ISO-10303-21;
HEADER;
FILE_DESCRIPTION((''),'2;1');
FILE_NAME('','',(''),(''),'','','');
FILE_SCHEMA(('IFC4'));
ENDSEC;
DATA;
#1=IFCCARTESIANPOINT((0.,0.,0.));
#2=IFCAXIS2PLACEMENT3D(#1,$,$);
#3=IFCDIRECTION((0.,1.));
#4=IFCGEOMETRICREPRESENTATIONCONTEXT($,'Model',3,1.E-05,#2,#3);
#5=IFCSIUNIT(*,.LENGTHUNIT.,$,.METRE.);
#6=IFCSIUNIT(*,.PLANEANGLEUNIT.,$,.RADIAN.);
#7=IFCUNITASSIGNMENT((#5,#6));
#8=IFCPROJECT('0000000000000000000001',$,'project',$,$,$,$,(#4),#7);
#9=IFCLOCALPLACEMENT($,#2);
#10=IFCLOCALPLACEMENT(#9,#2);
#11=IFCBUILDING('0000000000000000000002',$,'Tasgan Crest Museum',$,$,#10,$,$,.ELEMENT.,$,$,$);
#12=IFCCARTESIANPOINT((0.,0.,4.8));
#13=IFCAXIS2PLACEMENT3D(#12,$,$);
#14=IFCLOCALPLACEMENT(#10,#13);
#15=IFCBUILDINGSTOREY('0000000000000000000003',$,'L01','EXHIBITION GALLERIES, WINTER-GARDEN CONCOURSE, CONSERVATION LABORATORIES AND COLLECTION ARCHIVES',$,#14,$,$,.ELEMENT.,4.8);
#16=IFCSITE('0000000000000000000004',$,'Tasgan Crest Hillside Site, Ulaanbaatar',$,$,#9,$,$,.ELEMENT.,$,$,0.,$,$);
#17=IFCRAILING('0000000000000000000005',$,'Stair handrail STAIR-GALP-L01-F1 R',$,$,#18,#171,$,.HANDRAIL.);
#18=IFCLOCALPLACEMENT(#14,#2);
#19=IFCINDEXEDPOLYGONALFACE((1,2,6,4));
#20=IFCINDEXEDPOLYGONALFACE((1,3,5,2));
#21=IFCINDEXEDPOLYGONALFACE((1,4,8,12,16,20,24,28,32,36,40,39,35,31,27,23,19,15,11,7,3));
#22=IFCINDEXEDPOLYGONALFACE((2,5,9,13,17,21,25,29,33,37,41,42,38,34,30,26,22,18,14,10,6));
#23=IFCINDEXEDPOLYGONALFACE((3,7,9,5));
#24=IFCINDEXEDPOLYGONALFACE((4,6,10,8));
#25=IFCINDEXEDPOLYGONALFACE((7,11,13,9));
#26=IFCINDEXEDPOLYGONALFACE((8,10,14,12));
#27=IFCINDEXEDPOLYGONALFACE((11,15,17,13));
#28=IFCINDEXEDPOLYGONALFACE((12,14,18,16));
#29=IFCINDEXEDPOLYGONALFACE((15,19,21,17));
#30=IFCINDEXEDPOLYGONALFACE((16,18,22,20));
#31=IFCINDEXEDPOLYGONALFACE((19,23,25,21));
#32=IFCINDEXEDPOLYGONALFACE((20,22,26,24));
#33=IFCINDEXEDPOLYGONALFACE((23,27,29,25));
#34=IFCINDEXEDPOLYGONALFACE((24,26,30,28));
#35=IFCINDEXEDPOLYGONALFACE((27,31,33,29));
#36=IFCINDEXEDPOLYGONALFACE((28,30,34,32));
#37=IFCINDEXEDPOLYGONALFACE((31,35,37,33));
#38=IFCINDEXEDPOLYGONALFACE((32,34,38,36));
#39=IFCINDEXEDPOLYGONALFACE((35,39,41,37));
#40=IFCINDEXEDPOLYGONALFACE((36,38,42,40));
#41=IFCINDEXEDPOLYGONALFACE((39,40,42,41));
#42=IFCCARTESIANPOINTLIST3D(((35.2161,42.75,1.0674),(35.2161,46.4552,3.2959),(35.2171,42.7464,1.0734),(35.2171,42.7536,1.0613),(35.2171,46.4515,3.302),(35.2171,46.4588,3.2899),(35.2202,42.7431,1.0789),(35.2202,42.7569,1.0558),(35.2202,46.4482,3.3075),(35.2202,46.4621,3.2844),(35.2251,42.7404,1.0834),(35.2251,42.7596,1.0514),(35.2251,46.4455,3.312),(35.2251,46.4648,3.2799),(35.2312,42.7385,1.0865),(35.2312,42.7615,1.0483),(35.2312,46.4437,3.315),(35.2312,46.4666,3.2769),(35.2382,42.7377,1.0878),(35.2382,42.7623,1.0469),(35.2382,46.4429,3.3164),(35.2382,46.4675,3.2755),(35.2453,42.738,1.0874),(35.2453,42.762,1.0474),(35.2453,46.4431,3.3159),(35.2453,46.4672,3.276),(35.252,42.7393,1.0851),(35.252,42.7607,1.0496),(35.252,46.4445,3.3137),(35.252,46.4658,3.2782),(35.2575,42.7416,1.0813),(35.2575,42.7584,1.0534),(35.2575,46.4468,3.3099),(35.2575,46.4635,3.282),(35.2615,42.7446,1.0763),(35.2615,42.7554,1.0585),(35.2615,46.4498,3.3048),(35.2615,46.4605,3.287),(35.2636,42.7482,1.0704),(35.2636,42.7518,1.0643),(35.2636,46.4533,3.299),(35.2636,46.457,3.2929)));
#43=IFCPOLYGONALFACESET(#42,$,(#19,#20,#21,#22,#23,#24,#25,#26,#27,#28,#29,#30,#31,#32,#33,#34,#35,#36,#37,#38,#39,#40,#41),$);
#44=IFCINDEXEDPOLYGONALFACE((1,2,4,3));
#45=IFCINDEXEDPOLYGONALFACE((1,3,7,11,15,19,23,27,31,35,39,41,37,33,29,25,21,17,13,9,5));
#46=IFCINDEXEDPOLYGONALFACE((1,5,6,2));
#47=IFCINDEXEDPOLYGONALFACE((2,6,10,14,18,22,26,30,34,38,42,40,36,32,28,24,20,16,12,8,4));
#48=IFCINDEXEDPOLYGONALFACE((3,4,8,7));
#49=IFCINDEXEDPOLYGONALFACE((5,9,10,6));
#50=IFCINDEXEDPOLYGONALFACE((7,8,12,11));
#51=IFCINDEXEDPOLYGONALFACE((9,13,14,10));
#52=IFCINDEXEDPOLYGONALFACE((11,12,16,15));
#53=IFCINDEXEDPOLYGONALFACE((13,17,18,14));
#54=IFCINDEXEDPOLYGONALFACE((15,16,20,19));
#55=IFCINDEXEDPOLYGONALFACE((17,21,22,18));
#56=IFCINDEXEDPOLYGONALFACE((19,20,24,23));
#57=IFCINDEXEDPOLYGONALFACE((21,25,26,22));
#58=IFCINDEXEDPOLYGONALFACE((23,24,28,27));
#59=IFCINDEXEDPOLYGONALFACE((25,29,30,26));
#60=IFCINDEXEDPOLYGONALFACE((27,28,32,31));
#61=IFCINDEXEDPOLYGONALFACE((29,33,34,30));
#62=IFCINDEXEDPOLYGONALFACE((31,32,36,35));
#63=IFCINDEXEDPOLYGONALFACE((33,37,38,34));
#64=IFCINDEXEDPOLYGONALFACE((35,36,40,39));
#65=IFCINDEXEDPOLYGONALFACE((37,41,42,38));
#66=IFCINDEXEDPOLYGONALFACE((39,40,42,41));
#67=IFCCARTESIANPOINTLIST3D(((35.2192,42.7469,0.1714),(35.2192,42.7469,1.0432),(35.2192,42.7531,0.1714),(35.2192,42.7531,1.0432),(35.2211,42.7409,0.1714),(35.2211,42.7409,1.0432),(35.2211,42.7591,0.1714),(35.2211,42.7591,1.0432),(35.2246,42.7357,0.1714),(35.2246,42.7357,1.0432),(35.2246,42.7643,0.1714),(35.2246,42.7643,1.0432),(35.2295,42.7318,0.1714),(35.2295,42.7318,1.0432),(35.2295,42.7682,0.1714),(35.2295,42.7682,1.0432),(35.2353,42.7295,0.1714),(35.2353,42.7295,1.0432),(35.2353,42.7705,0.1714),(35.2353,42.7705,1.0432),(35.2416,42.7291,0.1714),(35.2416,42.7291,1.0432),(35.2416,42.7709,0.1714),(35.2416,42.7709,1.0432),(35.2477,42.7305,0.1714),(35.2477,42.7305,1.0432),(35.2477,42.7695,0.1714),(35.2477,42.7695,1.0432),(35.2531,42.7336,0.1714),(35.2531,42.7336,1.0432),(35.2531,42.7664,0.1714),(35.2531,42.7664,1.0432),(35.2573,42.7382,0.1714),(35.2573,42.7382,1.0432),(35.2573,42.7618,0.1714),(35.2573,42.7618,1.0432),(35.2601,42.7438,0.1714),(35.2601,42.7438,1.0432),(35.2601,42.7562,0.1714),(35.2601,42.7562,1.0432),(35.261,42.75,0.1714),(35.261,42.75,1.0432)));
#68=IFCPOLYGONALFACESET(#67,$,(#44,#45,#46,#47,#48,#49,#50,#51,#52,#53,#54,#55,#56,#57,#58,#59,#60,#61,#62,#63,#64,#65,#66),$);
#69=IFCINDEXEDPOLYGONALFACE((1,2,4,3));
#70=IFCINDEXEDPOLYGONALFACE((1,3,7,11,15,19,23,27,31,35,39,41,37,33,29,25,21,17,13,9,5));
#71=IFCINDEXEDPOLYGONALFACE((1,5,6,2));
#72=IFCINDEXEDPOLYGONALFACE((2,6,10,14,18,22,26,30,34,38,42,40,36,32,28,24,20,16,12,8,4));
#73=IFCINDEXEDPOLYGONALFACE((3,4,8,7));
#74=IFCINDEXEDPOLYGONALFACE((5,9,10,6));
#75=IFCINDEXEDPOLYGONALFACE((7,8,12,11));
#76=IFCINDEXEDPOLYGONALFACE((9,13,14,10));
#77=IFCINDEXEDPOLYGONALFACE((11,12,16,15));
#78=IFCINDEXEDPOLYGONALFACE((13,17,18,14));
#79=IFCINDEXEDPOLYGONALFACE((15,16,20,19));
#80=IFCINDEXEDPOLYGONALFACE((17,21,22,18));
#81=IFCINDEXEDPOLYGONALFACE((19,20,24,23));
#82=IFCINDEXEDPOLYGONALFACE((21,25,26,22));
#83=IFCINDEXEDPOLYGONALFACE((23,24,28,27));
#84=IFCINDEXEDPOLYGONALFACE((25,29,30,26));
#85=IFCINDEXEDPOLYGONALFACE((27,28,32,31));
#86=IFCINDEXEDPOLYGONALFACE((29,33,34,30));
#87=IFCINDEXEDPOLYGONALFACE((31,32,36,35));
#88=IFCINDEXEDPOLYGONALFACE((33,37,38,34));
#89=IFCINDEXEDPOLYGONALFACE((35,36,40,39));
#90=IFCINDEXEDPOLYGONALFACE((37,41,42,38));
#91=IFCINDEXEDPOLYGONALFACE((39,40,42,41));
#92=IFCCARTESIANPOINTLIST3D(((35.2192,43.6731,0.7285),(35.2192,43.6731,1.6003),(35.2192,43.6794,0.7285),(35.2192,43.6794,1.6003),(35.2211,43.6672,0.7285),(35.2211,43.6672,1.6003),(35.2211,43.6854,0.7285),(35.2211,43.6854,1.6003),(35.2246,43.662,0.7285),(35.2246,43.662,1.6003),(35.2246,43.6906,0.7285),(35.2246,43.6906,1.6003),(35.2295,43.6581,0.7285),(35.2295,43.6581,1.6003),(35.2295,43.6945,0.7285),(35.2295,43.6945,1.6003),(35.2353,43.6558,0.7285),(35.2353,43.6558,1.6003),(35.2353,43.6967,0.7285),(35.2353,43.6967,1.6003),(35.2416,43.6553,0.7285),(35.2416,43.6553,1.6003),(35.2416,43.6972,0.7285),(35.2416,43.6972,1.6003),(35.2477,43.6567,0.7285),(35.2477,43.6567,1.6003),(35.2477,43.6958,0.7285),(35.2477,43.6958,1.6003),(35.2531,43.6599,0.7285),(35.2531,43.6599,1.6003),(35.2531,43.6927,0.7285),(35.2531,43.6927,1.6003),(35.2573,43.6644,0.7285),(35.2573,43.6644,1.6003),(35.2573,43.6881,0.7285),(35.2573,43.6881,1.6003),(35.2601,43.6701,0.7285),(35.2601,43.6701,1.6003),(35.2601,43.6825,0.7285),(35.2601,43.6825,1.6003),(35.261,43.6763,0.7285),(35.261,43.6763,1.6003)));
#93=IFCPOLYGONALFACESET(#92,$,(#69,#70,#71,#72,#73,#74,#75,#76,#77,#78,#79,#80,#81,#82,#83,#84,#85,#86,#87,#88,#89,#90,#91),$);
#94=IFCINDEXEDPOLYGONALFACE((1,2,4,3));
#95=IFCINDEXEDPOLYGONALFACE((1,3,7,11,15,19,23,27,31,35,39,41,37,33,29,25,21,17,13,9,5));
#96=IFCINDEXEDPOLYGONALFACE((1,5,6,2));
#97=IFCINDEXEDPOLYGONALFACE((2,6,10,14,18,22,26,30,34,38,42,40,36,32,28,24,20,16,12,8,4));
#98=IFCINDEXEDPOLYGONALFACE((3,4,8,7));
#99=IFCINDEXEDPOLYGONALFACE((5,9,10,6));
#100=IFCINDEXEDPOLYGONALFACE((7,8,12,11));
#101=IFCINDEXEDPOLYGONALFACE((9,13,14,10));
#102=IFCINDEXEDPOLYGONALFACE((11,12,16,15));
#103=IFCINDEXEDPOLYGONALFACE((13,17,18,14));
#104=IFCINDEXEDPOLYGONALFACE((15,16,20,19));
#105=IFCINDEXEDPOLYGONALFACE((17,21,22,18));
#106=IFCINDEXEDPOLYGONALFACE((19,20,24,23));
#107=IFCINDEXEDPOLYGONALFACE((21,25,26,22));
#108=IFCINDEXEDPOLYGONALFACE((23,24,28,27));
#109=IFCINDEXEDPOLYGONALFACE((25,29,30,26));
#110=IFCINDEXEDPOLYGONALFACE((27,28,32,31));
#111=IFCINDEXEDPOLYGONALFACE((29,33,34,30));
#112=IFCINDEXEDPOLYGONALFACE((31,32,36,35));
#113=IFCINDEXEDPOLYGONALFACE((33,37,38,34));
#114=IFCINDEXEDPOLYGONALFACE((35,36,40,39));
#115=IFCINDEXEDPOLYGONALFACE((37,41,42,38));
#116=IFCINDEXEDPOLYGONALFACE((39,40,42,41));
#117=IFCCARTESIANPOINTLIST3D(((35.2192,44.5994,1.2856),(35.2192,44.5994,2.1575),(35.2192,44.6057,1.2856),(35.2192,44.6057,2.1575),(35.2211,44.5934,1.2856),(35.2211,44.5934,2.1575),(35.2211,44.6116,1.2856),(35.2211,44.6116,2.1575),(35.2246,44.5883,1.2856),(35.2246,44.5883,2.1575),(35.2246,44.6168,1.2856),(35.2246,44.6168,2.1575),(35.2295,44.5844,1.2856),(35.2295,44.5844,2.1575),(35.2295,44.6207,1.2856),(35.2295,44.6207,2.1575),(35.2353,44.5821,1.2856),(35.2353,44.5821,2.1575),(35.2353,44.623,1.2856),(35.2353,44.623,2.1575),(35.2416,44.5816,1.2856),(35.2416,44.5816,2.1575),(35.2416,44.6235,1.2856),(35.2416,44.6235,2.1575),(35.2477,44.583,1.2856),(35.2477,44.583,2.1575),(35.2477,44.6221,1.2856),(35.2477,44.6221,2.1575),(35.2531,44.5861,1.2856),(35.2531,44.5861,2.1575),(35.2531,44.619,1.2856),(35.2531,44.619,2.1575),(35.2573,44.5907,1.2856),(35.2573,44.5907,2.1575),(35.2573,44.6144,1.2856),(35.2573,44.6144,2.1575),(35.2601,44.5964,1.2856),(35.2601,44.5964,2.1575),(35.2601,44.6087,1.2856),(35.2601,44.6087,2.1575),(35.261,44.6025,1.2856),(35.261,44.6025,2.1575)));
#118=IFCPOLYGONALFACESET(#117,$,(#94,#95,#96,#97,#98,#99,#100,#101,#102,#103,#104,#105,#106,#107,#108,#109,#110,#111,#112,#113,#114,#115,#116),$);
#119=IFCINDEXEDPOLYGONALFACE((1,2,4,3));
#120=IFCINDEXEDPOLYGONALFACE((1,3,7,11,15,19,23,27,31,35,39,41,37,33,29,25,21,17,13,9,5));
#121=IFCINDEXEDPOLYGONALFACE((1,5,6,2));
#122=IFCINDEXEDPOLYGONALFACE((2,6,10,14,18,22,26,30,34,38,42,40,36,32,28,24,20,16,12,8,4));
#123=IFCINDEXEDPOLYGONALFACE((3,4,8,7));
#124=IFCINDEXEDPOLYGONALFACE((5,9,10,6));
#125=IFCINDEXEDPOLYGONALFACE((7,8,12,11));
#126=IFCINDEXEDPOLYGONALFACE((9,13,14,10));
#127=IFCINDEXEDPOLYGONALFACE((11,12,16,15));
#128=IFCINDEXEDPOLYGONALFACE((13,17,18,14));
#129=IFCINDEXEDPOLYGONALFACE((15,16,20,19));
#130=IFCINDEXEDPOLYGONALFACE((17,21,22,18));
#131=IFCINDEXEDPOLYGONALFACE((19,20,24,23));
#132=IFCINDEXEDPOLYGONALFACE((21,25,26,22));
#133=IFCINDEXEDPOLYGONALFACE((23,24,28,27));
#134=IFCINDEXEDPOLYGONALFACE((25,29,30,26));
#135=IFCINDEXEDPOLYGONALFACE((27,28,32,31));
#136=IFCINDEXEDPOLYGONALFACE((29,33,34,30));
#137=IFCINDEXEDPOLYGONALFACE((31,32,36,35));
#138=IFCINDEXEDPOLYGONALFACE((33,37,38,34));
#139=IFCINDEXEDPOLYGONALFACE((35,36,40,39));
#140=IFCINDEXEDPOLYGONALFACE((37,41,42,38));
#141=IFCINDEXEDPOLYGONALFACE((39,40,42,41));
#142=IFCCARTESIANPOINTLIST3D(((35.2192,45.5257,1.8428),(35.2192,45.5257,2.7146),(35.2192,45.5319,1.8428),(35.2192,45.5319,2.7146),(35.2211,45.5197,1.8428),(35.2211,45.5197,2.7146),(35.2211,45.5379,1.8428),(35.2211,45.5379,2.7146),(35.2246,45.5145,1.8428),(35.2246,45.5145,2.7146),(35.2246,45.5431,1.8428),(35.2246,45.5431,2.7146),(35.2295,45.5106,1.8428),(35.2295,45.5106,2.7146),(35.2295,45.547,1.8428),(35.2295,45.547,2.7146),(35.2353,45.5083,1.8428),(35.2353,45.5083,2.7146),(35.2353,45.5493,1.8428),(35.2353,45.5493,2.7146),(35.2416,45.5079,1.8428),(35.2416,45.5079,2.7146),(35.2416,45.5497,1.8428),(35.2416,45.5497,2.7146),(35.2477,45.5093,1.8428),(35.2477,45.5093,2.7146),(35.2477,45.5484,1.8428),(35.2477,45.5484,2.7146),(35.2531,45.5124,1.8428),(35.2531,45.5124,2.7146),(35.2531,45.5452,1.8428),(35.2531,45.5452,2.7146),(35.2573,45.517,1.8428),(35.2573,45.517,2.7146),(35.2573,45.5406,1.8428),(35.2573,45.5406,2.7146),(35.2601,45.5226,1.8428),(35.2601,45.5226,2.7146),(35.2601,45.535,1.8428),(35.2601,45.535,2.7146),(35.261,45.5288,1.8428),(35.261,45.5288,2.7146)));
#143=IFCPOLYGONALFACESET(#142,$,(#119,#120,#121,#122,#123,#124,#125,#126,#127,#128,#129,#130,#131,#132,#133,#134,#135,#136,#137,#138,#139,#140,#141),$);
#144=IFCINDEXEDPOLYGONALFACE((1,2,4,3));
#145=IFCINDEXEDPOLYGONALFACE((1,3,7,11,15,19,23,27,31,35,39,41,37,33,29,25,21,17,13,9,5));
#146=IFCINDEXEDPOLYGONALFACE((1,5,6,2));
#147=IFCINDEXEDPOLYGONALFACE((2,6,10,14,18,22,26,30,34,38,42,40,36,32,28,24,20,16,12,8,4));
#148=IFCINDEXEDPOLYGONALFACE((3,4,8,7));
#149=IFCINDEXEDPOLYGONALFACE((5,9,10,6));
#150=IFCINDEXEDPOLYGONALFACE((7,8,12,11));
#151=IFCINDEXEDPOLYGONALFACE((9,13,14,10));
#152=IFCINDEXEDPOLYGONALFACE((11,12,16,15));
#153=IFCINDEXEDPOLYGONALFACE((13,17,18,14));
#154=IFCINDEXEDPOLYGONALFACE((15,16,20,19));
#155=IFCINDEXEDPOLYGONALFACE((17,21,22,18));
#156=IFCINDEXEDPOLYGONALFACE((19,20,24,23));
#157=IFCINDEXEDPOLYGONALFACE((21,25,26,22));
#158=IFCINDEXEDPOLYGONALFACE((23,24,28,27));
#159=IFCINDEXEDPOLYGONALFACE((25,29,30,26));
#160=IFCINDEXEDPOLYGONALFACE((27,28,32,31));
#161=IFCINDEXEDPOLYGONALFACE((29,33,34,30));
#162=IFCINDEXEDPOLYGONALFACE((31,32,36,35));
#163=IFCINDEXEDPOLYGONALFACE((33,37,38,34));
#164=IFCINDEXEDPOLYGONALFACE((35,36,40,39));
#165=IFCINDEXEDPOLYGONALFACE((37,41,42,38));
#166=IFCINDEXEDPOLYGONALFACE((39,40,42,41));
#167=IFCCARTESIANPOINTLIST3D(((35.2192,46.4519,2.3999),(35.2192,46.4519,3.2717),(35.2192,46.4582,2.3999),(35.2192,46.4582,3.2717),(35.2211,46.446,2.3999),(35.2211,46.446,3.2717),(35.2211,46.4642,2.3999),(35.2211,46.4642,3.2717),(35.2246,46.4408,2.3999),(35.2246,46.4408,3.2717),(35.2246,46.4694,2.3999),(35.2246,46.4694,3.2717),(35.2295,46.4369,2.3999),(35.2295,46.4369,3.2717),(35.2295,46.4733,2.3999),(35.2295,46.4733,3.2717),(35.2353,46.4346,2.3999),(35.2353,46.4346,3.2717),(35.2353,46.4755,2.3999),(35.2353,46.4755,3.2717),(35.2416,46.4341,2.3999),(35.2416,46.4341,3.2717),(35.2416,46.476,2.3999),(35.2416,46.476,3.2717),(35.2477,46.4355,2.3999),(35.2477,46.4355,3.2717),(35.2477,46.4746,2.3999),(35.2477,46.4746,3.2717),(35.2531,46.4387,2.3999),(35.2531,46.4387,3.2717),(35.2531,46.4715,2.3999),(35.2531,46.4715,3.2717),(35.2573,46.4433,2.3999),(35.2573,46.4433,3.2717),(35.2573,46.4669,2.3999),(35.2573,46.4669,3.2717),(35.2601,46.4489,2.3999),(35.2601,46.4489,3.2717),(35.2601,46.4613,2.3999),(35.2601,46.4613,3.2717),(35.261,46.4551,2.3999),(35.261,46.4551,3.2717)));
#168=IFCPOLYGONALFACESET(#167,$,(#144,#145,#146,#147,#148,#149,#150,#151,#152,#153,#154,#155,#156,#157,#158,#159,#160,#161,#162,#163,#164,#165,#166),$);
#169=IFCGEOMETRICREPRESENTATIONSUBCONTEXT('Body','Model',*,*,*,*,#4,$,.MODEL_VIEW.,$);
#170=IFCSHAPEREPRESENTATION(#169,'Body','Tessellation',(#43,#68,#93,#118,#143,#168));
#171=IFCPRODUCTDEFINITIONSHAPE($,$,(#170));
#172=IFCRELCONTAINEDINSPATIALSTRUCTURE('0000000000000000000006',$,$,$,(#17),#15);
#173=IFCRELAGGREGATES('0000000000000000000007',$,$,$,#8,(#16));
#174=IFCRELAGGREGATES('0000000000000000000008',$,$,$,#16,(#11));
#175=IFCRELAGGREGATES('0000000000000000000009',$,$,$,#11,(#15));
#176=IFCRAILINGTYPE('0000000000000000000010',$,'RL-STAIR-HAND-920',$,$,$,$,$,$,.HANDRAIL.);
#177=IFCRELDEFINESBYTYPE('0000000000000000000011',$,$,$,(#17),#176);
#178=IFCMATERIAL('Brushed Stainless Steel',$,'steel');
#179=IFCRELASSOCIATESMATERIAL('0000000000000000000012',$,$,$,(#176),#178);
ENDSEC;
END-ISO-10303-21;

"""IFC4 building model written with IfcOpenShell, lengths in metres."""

from ifc_helpers import new_model, si_unit, direction, frame, origin, origin_2d, place, context, subcontext, project, spatial, circle, extrude, material, type_object, element, save


model = new_model("IFC4")

# Units and contexts
model_context = context("Model", 3, precision=1e-05, world=origin(), true_north=direction((0.0, 1.0)))
body_context = subcontext(model_context, "Body", "Model", "MODEL_VIEW")
ifc_project = project(units=[si_unit("LENGTHUNIT", "METRE"), si_unit("PLANEANGLEUNIT", "RADIAN")], contexts=[model_context])

# Site, building, storey
site_placement = place(None, origin())
site = spatial("IfcSite", under=ifc_project, at=site_placement, Name="Tasgan Crest Hillside Site, Ulaanbaatar", CompositionType="ELEMENT", RefElevation=0.0)
building_placement = place(site_placement, origin())
building = spatial("IfcBuilding", under=site, at=building_placement, Name="Tasgan Crest Museum", CompositionType="ELEMENT")
storey_placement = place(building_placement, frame((0.0, 0.0, 4.8)))
storey = spatial("IfcBuildingStorey", under=building, at=storey_placement, Name="L01", Description="EXHIBITION GALLERIES, WINTER-GARDEN CONCOURSE, CONSERVATION LABORATORIES AND COLLECTION ARCHIVES", CompositionType="ELEMENT", Elevation=4.8)

# Railing
ifc_material_1 = material(Name="Brushed Stainless Steel", Category="steel")
railing_type_1 = type_object("IfcRailingType", Name="RL-STAIR-HAND-920", PredefinedType="HANDRAIL", material=ifc_material_1)
for number, where, name in (
    (1, (35.24, 42.75, 0.1714), "Stair handrail STAIR-GALP-L01-F1 R"),
):
    element("IfcRailing", number, at=place(storey_placement, frame(where)), inside=storey, type_object=railing_type_1, Name=name, PredefinedType="HANDRAIL", context=body_context, shape_type="SweptSolid", body=[
        extrude(circle(Radius=0.0239, at=origin_2d()), frame((0.0, 0.0, 0.896), z_axis=(0.0, 0.856934, 0.515425), x_axis=(-1.0, 0.0, 0.0)), (0.0, 0.0, 1.0), 4.3237),
        extrude(circle(Radius=0.021, at=origin_2d()), origin(), (0.0, 0.0, 1.0), 0.8718),
        extrude(circle(Radius=0.021, at=origin_2d()), frame((0.0, 0.9263, 0.5571)), (0.0, 0.0, 1.0), 0.8718),
        extrude(circle(Radius=0.021, at=origin_2d()), frame((0.0, 1.8525, 1.1143)), (0.0, 0.0, 1.0), 0.8718),
        extrude(circle(Radius=0.021, at=origin_2d()), frame((0.0, 2.7788, 1.6714)), (0.0, 0.0, 1.0), 0.8718),
        extrude(circle(Radius=0.021, at=origin_2d()), frame((0.0, 3.7051, 2.2285)), (0.0, 0.0, 1.0), 0.8718),
    ])

save(model, "model.ifc")
